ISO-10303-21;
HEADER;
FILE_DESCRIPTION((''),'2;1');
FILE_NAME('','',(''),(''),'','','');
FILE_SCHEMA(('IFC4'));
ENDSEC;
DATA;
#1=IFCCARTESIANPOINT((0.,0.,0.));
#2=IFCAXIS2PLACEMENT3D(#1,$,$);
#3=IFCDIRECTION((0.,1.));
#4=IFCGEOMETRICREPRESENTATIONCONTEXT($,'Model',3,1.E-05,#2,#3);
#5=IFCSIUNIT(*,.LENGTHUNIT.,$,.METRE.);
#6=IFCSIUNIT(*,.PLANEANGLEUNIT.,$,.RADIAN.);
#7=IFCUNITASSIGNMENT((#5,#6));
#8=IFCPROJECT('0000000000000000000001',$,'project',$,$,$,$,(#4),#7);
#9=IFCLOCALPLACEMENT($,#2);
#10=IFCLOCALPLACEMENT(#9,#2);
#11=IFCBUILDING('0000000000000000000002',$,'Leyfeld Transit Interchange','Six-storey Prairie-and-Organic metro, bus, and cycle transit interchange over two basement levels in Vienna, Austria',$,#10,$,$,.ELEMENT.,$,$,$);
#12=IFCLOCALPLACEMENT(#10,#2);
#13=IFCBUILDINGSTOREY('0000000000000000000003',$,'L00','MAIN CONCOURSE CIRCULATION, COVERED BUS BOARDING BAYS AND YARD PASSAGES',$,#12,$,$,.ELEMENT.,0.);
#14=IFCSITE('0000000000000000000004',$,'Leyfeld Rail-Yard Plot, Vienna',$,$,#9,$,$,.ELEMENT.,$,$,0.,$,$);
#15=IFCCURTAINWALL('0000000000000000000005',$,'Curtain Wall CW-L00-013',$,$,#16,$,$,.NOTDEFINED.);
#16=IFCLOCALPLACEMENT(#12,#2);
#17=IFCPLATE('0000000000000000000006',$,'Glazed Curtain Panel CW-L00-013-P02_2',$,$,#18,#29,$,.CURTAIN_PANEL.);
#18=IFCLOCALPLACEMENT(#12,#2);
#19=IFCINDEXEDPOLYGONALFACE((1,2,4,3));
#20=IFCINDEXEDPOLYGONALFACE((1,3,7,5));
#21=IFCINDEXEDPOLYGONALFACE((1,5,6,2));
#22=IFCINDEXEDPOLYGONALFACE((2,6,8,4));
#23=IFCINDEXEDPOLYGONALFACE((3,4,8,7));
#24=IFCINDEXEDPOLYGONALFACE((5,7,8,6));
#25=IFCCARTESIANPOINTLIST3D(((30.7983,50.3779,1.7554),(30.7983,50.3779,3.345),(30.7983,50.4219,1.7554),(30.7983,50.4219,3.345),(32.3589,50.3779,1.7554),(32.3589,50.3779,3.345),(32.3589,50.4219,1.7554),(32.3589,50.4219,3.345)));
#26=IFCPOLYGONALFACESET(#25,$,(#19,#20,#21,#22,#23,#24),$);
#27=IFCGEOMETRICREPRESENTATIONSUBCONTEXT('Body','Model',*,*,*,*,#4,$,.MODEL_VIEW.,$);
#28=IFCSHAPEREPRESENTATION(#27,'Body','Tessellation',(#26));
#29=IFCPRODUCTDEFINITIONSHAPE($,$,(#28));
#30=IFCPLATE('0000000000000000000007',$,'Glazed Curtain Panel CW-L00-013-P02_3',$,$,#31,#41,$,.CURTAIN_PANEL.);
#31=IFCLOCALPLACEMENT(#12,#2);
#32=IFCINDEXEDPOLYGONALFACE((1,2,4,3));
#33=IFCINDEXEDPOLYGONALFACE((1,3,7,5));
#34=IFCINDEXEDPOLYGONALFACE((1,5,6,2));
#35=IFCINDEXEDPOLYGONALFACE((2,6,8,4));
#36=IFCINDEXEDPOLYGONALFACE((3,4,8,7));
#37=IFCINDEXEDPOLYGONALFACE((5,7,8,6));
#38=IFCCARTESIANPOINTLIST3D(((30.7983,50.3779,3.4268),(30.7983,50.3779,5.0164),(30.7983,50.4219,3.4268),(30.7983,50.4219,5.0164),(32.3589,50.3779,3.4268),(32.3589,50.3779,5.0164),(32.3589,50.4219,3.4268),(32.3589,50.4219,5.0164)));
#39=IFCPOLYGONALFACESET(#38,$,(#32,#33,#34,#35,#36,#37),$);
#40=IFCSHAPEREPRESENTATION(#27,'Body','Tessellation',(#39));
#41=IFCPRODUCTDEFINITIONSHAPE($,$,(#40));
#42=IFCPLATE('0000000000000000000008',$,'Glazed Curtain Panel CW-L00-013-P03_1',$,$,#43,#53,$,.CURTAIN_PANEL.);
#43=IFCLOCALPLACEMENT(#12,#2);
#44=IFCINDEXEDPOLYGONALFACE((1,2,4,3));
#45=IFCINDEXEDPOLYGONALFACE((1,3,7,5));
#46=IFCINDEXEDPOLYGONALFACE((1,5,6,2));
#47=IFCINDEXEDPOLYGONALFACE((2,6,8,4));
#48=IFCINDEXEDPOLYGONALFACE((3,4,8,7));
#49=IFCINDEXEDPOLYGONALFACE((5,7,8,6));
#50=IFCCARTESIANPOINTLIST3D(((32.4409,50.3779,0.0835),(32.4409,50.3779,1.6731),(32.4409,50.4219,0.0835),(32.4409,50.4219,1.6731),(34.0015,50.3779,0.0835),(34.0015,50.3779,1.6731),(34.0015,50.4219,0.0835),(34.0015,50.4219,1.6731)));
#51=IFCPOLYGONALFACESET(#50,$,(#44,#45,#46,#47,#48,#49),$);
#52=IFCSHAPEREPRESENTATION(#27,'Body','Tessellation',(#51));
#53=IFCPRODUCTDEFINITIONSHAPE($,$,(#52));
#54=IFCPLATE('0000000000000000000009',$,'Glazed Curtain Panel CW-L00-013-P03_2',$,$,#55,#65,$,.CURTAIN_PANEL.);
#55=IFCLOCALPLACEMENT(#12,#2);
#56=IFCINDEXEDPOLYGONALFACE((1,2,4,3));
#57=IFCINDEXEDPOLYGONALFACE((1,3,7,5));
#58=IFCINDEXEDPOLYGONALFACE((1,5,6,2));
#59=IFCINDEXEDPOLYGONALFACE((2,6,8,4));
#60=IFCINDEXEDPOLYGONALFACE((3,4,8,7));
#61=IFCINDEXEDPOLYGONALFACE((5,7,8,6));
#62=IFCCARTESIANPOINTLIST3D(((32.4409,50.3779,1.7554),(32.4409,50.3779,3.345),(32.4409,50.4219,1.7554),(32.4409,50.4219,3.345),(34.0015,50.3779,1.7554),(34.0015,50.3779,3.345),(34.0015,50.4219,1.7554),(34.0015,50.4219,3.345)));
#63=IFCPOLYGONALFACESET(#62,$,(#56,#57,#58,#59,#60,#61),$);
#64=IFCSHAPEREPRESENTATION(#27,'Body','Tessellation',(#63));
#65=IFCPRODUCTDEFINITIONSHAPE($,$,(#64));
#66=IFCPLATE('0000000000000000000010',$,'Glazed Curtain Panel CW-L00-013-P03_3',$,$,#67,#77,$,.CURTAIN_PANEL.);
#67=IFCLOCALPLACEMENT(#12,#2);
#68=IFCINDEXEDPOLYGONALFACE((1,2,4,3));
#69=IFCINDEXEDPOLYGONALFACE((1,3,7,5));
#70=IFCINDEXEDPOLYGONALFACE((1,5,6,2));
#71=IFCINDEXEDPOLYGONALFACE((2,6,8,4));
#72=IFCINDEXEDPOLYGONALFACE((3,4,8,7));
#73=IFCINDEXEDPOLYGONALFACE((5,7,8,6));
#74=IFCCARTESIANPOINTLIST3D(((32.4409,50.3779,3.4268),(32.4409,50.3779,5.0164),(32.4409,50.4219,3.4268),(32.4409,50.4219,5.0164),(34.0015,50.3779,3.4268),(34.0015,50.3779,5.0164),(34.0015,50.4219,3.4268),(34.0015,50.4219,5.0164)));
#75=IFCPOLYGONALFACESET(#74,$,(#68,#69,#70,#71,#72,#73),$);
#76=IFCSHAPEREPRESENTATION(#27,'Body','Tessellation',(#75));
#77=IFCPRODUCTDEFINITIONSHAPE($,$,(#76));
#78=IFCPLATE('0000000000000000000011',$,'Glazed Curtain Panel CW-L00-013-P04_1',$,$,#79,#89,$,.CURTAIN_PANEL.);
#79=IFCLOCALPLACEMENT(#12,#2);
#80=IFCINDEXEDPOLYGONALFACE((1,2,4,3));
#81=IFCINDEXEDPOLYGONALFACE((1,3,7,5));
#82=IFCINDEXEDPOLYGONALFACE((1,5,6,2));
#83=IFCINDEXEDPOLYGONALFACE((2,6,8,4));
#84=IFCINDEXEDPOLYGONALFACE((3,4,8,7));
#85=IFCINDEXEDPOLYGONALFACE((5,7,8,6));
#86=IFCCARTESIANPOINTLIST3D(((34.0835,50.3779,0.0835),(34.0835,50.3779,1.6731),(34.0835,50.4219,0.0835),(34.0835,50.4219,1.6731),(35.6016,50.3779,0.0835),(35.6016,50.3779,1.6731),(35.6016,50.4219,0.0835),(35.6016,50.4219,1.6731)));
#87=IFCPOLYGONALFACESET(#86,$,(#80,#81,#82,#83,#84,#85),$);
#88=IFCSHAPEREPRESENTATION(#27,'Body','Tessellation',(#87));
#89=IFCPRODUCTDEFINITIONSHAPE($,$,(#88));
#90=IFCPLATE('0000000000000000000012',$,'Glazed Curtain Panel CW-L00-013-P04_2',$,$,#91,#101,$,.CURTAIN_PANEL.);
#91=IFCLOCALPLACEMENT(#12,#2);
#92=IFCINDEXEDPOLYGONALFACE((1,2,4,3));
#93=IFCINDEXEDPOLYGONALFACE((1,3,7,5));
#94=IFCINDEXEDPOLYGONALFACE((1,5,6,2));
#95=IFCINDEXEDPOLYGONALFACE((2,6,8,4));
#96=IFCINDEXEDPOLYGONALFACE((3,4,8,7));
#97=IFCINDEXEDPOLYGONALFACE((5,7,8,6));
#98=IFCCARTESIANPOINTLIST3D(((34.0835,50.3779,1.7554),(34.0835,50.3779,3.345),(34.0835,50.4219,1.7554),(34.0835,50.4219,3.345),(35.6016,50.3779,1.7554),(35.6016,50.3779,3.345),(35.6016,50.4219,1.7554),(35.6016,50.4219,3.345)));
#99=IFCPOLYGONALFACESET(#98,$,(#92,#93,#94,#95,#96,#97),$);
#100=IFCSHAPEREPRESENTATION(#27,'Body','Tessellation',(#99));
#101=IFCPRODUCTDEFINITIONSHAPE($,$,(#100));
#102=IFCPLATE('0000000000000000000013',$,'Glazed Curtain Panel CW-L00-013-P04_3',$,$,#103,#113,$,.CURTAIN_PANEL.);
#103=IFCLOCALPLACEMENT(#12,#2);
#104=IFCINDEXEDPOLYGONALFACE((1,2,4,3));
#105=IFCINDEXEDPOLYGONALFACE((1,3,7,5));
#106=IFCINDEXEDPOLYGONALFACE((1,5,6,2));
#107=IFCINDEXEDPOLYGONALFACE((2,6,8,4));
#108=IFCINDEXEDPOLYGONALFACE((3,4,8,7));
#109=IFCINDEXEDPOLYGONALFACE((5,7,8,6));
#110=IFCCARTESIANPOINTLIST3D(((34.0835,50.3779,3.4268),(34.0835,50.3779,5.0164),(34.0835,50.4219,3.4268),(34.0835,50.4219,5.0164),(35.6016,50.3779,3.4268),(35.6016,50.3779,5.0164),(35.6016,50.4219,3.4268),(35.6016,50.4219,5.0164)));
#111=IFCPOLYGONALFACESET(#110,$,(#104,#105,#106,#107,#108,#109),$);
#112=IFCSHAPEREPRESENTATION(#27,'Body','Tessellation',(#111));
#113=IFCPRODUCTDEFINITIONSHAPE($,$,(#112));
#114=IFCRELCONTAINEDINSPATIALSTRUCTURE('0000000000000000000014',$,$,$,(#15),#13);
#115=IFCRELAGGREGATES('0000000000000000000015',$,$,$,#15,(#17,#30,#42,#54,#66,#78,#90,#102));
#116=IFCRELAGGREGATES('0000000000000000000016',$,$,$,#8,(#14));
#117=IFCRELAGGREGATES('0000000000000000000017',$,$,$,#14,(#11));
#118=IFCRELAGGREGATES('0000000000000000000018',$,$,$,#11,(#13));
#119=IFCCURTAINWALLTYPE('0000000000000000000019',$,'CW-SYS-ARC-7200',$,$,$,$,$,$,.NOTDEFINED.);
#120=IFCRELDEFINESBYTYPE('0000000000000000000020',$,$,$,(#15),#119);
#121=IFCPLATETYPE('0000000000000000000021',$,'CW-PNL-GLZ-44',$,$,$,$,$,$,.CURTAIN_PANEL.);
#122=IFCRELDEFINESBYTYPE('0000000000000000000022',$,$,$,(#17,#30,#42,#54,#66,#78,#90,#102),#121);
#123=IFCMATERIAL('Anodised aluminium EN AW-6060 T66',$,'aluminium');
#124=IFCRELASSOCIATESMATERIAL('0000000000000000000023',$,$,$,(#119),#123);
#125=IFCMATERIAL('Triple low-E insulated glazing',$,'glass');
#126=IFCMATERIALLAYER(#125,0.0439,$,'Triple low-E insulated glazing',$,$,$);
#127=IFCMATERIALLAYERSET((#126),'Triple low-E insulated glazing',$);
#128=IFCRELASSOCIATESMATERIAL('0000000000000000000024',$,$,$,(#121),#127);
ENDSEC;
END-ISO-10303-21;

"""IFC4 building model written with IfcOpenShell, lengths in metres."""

from ifc_helpers import new_model, si_unit, direction, frame, origin, origin_2d, place, context, subcontext, project, spatial, rectangle, extrude, material, layer, layer_set, type_object, element, aggregate, save


model = new_model("IFC4")

# Units and contexts
model_context = context("Model", 3, precision=1e-05, world=origin(), true_north=direction((0.0, 1.0)))
body_context = subcontext(model_context, "Body", "Model", "MODEL_VIEW")
ifc_project = project(units=[si_unit("LENGTHUNIT", "METRE"), si_unit("PLANEANGLEUNIT", "RADIAN")], contexts=[model_context])

# Site, building, storey
site_placement = place(None, origin())
site = spatial("IfcSite", under=ifc_project, at=site_placement, Name="Leyfeld Rail-Yard Plot, Vienna", CompositionType="ELEMENT", RefElevation=0.0)
building_placement = place(site_placement, origin())
building = spatial("IfcBuilding", under=site, at=building_placement, Name="Leyfeld Transit Interchange", Description="Six-storey Prairie-and-Organic metro, bus, and cycle transit interchange over two basement levels in Vienna, Austria", CompositionType="ELEMENT")
storey_placement = place(building_placement, origin())
storey = spatial("IfcBuildingStorey", under=building, at=storey_placement, Name="L00", Description="MAIN CONCOURSE CIRCULATION, COVERED BUS BOARDING BAYS AND YARD PASSAGES", CompositionType="ELEMENT", Elevation=0.0)

# Curtain wall, plates
ifc_material_1 = material(Name="Anodised aluminium EN AW-6060 T66", Category="aluminium")
curtain_wall_type = type_object("IfcCurtainWallType", Name="CW-SYS-ARC-7200", PredefinedType="NOTDEFINED", material=ifc_material_1)
curtain_wall_placement = place(storey_placement, origin())
curtain_wall = element("IfcCurtainWall", 1, at=curtain_wall_placement, inside=storey, type_object=curtain_wall_type, Name="Curtain Wall CW-L00-013", PredefinedType="NOTDEFINED")
ifc_material_2 = material(Name="Triple low-E insulated glazing", Category="glass")
ifc_layer = layer(ifc_material_2, 0.0439, Name="Triple low-E insulated glazing")
ifc_layer_set = layer_set([ifc_layer], Name="Triple low-E insulated glazing")
plate_type = type_object("IfcPlateType", Name="CW-PNL-GLZ-44", PredefinedType="CURTAIN_PANEL", material=ifc_layer_set)
plate_1_placement = place(storey_placement, frame((31.5786, 50.3999, 1.7554), z_axis=(0.0, 0.0, 1.0), x_axis=(1.0, 0.0, 0.0)))
plate_1 = element("IfcPlate", 2, at=plate_1_placement, type_object=plate_type, Name="Glazed Curtain Panel CW-L00-013-P02_2", PredefinedType="CURTAIN_PANEL", context=body_context, shape_type="SweptSolid", body=[
    extrude(rectangle(XDim=1.5605, YDim=0.0439, at=origin_2d()), origin(), (0.0, 0.0, 1.0), 1.5896),
])
plate_2_placement = place(storey_placement, frame((31.5786, 50.3999, 3.4268), z_axis=(0.0, 0.0, 1.0), x_axis=(1.0, 0.0, 0.0)))
plate_2 = element("IfcPlate", 3, at=plate_2_placement, type_object=plate_type, Name="Glazed Curtain Panel CW-L00-013-P02_3", PredefinedType="CURTAIN_PANEL", context=body_context, shape_type="SweptSolid", body=[
    extrude(rectangle(XDim=1.5605, YDim=0.0439, at=origin_2d()), origin(), (0.0, 0.0, 1.0), 1.5896),
])
plate_3_placement = place(storey_placement, frame((33.2212, 50.3999, 0.0835), z_axis=(0.0, 0.0, 1.0), x_axis=(1.0, 0.0, 0.0)))
plate_3 = element("IfcPlate", 4, at=plate_3_placement, type_object=plate_type, Name="Glazed Curtain Panel CW-L00-013-P03_1", PredefinedType="CURTAIN_PANEL", context=body_context, shape_type="SweptSolid", body=[
    extrude(rectangle(XDim=1.5605, YDim=0.0439, at=origin_2d()), origin(), (0.0, 0.0, 1.0), 1.5896),
])
plate_4_placement = place(storey_placement, frame((33.2212, 50.3999, 1.7554), z_axis=(0.0, 0.0, 1.0), x_axis=(1.0, 0.0, 0.0)))
plate_4 = element("IfcPlate", 5, at=plate_4_placement, type_object=plate_type, Name="Glazed Curtain Panel CW-L00-013-P03_2", PredefinedType="CURTAIN_PANEL", context=body_context, shape_type="SweptSolid", body=[
    extrude(rectangle(XDim=1.5605, YDim=0.0439, at=origin_2d()), origin(), (0.0, 0.0, 1.0), 1.5896),
])
plate_5_placement = place(storey_placement, frame((33.2212, 50.3999, 3.4268), z_axis=(0.0, 0.0, 1.0), x_axis=(1.0, 0.0, 0.0)))
plate_5 = element("IfcPlate", 6, at=plate_5_placement, type_object=plate_type, Name="Glazed Curtain Panel CW-L00-013-P03_3", PredefinedType="CURTAIN_PANEL", context=body_context, shape_type="SweptSolid", body=[
    extrude(rectangle(XDim=1.5605, YDim=0.0439, at=origin_2d()), origin(), (0.0, 0.0, 1.0), 1.5896),
])
plate_6_placement = place(storey_placement, frame((34.8425, 50.3999, 0.0835), z_axis=(0.0, 0.0, 1.0), x_axis=(1.0, 0.0, 0.0)))
plate_6 = element("IfcPlate", 7, at=plate_6_placement, type_object=plate_type, Name="Glazed Curtain Panel CW-L00-013-P04_1", PredefinedType="CURTAIN_PANEL", context=body_context, shape_type="SweptSolid", body=[
    extrude(rectangle(XDim=1.5181, YDim=0.0439, at=origin_2d()), origin(), (0.0, 0.0, 1.0), 1.5896),
])
plate_7_placement = place(storey_placement, frame((34.8425, 50.3999, 1.7554), z_axis=(0.0, 0.0, 1.0), x_axis=(1.0, 0.0, 0.0)))
plate_7 = element("IfcPlate", 8, at=plate_7_placement, type_object=plate_type, Name="Glazed Curtain Panel CW-L00-013-P04_2", PredefinedType="CURTAIN_PANEL", context=body_context, shape_type="SweptSolid", body=[
    extrude(rectangle(XDim=1.5181, YDim=0.0439, at=origin_2d()), origin(), (0.0, 0.0, 1.0), 1.5896),
])
plate_8_placement = place(storey_placement, frame((34.8425, 50.3999, 3.4268), z_axis=(0.0, 0.0, 1.0), x_axis=(1.0, 0.0, 0.0)))
plate_8 = element("IfcPlate", 9, at=plate_8_placement, type_object=plate_type, Name="Glazed Curtain Panel CW-L00-013-P04_3", PredefinedType="CURTAIN_PANEL", context=body_context, shape_type="SweptSolid", body=[
    extrude(rectangle(XDim=1.5181, YDim=0.0439, at=origin_2d()), origin(), (0.0, 0.0, 1.0), 1.5896),
])
aggregate(curtain_wall, [plate_1, plate_2, plate_3, plate_4, plate_5, plate_6, plate_7, plate_8])

save(model, "model.ifc")
